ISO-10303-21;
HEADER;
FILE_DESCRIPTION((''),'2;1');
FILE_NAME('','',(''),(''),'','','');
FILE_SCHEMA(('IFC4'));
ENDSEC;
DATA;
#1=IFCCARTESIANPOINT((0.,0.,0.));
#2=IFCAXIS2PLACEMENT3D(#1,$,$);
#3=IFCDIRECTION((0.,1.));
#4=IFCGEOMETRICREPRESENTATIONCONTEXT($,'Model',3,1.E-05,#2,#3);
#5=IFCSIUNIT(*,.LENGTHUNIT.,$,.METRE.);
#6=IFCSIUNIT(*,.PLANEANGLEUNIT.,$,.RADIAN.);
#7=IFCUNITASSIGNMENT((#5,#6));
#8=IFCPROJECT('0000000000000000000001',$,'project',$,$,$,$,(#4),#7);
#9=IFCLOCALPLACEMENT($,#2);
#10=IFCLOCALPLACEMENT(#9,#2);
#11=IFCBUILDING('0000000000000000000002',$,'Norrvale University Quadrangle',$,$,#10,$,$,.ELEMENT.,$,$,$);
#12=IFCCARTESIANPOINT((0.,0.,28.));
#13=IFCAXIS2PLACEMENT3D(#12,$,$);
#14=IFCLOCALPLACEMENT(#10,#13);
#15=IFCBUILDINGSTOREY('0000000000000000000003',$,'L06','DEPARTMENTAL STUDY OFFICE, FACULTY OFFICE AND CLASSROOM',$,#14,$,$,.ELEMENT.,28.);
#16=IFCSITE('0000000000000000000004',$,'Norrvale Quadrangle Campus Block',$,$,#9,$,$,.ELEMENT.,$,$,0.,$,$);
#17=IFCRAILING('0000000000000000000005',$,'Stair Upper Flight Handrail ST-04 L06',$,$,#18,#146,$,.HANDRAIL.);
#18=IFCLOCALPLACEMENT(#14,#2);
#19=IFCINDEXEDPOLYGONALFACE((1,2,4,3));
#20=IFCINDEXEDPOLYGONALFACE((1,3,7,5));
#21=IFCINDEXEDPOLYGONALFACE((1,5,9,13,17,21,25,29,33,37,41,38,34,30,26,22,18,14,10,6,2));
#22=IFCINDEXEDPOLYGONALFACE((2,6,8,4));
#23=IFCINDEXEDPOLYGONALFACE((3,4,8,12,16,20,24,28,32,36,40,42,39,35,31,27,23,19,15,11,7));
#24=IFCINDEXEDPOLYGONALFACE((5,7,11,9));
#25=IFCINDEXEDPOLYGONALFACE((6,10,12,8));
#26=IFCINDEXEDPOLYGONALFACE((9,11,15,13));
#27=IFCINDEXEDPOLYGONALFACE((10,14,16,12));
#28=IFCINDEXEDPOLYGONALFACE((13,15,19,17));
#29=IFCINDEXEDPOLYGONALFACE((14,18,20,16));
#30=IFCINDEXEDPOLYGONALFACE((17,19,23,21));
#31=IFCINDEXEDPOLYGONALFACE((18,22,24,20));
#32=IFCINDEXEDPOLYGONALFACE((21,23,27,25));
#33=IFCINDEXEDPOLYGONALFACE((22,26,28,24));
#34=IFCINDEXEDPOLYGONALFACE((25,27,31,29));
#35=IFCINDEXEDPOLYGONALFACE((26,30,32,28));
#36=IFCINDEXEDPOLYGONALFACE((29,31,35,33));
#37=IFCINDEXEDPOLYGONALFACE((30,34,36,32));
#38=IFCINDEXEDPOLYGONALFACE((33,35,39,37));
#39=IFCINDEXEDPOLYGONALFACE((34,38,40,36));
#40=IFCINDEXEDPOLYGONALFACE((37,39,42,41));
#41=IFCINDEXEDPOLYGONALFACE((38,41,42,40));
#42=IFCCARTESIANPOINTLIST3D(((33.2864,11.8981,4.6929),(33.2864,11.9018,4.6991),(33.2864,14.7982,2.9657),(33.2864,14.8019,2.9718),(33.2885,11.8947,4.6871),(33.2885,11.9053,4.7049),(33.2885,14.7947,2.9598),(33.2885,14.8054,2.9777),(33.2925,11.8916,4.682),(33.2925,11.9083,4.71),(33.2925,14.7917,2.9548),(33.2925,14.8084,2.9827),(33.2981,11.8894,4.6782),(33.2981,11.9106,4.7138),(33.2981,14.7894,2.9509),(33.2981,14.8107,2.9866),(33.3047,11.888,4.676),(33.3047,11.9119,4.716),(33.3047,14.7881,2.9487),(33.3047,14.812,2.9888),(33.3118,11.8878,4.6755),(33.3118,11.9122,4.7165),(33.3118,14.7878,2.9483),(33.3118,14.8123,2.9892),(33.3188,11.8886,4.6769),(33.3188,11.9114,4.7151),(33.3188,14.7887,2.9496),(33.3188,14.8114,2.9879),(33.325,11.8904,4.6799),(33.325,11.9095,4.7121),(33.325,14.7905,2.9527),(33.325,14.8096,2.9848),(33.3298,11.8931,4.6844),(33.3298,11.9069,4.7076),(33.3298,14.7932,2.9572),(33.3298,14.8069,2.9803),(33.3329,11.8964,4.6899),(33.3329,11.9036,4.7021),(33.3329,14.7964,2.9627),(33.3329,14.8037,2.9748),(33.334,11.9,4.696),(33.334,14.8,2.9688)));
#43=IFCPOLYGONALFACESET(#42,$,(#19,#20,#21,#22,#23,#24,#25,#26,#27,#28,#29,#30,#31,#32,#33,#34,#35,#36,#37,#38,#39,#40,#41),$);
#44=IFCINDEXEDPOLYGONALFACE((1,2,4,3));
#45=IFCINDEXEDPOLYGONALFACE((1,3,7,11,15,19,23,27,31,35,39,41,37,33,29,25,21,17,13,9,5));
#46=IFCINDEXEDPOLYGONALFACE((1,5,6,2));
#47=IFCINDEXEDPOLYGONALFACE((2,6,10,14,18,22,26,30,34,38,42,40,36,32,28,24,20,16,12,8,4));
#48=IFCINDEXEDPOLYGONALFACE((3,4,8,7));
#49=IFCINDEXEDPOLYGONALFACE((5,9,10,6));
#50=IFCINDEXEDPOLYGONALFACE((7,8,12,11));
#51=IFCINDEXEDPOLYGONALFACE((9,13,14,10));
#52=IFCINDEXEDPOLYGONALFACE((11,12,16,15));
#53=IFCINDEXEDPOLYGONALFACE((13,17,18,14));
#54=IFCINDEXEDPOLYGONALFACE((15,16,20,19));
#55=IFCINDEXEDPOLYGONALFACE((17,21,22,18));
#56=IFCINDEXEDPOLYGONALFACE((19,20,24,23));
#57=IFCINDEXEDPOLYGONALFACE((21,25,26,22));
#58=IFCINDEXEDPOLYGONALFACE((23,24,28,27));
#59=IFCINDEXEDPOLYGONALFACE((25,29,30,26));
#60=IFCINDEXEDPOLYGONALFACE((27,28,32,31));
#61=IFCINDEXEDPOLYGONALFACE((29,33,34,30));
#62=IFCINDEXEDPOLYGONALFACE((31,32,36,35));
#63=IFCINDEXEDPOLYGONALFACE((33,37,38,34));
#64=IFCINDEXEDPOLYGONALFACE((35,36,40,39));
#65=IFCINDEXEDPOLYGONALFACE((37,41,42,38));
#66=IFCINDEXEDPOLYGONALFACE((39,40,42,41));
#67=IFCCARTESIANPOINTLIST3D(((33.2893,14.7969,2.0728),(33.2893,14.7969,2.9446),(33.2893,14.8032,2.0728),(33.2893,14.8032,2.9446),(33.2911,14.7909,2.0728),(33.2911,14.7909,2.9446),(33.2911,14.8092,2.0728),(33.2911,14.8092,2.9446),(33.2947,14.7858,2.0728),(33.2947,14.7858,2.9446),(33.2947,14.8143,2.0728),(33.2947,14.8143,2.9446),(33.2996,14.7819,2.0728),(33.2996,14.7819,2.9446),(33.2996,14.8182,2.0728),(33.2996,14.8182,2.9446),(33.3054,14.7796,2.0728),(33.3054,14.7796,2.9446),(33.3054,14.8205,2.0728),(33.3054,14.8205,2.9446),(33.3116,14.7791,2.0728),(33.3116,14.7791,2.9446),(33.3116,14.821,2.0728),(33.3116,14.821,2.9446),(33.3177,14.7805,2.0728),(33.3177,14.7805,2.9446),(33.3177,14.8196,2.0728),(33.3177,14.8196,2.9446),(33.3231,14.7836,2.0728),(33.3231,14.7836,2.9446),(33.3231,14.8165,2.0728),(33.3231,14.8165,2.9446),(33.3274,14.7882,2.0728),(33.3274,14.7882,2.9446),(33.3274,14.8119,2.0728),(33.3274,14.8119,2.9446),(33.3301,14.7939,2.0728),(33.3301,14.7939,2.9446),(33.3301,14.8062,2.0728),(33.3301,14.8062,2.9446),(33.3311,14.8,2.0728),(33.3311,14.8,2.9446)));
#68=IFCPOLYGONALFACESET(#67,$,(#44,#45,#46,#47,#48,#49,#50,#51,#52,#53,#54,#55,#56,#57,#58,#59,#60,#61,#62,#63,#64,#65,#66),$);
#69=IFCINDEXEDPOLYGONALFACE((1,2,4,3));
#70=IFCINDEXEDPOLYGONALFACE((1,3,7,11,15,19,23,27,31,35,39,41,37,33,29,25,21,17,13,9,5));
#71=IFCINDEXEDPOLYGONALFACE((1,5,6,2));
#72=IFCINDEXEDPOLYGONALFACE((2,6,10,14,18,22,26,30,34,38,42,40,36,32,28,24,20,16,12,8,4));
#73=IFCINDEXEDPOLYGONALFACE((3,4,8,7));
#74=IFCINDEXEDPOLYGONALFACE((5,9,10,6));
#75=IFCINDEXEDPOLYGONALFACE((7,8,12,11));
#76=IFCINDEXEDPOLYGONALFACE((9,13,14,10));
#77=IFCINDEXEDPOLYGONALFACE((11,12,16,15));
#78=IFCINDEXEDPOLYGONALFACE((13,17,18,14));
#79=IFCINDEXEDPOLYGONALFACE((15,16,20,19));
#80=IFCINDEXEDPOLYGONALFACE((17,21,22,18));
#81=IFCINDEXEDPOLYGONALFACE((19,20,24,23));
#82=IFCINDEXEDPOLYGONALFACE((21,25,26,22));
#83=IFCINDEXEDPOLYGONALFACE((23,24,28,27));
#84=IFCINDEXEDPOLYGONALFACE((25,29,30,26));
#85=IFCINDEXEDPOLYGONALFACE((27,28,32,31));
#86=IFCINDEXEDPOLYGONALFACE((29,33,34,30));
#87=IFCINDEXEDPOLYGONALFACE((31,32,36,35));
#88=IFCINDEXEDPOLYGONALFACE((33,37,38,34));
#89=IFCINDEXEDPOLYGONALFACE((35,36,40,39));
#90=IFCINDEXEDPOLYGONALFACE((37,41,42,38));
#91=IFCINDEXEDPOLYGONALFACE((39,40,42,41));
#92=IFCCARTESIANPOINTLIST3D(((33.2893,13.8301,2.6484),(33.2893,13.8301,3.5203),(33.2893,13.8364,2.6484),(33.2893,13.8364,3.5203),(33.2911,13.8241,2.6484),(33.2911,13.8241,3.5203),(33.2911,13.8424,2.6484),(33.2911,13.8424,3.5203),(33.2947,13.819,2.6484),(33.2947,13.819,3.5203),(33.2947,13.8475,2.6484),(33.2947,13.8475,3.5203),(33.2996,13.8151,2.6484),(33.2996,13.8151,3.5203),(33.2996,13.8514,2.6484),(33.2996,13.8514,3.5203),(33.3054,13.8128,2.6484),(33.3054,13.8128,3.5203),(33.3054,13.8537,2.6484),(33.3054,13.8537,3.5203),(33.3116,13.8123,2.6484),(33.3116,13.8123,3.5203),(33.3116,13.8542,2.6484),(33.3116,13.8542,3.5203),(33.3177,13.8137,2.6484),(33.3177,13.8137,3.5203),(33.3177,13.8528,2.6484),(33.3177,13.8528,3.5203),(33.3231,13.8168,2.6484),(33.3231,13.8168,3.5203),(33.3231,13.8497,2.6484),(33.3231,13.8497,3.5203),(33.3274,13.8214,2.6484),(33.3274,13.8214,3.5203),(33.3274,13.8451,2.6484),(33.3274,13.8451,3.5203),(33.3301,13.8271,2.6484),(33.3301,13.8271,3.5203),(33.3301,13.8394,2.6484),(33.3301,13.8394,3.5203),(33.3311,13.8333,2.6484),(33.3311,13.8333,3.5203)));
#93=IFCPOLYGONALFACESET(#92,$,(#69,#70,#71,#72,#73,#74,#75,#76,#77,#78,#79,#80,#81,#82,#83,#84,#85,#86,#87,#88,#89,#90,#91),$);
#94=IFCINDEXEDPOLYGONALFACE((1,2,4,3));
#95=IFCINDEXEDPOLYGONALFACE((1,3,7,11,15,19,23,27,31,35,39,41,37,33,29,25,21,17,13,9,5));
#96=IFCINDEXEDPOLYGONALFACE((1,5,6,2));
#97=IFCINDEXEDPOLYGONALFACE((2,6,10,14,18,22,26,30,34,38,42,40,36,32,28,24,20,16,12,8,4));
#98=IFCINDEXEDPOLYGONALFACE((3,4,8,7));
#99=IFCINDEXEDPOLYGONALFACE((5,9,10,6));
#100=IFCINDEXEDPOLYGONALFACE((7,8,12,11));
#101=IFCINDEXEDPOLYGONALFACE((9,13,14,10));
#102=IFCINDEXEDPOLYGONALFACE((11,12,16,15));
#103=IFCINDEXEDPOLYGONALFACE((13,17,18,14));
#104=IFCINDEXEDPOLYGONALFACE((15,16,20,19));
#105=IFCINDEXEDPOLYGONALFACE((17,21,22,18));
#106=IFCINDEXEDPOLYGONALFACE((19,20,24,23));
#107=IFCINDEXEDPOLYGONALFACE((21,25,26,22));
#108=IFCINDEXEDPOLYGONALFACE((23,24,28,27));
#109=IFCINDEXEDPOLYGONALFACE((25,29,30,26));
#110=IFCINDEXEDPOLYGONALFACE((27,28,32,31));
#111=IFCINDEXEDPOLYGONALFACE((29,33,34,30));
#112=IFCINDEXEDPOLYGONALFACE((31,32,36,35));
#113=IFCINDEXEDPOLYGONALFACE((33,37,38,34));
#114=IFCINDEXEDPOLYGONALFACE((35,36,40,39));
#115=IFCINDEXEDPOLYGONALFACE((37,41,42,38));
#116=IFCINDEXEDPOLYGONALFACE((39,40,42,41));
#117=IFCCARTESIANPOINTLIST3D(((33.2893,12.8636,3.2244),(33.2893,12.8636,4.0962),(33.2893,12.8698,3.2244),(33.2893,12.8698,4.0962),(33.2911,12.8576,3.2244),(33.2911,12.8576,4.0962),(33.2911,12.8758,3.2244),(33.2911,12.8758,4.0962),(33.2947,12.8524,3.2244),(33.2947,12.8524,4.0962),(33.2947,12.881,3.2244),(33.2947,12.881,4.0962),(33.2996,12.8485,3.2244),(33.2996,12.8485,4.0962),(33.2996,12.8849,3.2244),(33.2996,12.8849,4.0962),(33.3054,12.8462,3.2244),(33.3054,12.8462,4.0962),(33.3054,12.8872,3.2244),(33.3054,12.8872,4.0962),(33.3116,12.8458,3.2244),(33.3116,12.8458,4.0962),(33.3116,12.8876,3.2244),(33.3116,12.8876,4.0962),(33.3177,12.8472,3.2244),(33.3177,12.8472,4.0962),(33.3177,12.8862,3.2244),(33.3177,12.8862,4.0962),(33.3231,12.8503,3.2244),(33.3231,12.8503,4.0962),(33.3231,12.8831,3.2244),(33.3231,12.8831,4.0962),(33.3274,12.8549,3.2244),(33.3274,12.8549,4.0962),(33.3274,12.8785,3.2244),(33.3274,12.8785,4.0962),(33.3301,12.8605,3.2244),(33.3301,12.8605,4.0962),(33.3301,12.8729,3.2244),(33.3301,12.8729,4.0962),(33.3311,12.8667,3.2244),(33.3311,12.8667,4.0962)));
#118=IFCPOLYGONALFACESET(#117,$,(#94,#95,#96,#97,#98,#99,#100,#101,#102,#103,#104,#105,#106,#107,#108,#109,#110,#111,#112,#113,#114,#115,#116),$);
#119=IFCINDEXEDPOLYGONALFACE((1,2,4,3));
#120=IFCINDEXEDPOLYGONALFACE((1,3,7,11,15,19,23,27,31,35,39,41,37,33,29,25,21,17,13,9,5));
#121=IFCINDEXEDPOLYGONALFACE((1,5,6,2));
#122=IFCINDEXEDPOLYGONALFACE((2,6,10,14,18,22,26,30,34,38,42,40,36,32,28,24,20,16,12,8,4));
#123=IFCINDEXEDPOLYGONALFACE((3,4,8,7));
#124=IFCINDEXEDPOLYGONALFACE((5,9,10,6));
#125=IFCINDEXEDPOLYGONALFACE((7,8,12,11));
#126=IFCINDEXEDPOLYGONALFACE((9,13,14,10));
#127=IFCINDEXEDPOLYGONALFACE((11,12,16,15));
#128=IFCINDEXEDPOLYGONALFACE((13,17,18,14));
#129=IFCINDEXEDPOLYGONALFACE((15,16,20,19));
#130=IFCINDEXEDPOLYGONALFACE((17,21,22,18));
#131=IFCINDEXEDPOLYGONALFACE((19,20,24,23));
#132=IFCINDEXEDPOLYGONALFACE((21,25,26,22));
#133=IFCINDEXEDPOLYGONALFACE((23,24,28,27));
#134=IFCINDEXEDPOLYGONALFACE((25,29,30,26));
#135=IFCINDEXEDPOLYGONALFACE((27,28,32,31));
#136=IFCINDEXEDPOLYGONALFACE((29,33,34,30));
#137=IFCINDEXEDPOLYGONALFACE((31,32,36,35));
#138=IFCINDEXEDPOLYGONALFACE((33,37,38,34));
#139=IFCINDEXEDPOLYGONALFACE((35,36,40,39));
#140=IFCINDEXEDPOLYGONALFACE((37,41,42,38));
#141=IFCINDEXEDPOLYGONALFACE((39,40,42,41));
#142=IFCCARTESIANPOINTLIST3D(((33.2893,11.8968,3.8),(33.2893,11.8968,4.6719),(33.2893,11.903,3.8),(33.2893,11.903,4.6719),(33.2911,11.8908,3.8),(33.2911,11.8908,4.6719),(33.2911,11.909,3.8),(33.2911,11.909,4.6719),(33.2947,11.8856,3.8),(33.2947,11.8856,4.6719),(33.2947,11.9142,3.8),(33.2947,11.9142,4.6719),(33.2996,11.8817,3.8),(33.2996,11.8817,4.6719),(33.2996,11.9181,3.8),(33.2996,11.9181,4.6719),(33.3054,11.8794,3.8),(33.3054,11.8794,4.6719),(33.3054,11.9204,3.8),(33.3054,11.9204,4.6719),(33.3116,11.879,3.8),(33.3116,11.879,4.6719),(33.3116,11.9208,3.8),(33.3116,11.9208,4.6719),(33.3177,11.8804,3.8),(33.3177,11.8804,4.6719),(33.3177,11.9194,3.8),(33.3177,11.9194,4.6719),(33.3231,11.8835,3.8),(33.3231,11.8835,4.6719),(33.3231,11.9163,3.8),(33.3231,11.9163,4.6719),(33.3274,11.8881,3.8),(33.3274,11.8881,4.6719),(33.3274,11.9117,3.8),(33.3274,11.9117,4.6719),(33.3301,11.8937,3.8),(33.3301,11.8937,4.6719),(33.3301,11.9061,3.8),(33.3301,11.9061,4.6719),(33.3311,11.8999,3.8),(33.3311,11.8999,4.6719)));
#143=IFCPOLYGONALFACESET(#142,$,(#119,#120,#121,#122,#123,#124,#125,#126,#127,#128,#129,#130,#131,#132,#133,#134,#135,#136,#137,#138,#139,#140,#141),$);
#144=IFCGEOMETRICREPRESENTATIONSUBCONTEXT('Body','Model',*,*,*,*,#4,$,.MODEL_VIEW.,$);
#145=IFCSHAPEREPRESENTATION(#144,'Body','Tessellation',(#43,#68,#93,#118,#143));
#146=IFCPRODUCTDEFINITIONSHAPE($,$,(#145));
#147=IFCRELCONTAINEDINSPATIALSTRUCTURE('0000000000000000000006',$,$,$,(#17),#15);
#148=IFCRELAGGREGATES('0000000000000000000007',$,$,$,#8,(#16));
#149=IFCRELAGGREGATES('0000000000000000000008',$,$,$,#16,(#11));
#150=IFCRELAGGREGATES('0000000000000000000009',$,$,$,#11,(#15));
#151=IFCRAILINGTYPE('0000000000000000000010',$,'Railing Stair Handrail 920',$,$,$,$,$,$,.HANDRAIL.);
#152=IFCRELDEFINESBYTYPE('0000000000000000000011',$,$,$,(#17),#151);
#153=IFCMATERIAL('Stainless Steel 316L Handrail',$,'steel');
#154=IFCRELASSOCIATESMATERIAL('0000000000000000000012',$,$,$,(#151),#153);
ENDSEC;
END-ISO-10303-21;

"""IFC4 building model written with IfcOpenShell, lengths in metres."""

from ifc_helpers import new_model, si_unit, direction, frame, origin, origin_2d, place, context, subcontext, project, spatial, circle, extrude, material, type_object, element, save


model = new_model("IFC4")

# Units and contexts
model_context = context("Model", 3, precision=1e-05, world=origin(), true_north=direction((0.0, 1.0)))
body_context = subcontext(model_context, "Body", "Model", "MODEL_VIEW")
ifc_project = project(units=[si_unit("LENGTHUNIT", "METRE"), si_unit("PLANEANGLEUNIT", "RADIAN")], contexts=[model_context])

# Site, building, storey
site_placement = place(None, origin())
site = spatial("IfcSite", under=ifc_project, at=site_placement, Name="Norrvale Quadrangle Campus Block", CompositionType="ELEMENT", RefElevation=0.0)
building_placement = place(site_placement, origin())
building = spatial("IfcBuilding", under=site, at=building_placement, Name="Norrvale University Quadrangle", CompositionType="ELEMENT")
storey_placement = place(building_placement, frame((0.0, 0.0, 28.0)))
storey = spatial("IfcBuildingStorey", under=building, at=storey_placement, Name="L06", Description="DEPARTMENTAL STUDY OFFICE, FACULTY OFFICE AND CLASSROOM", CompositionType="ELEMENT", Elevation=28.0)

# Railing
ifc_material_1 = material(Name="Stainless Steel 316L Handrail", Category="steel")
railing_type_1 = type_object("IfcRailingType", Name="Railing Stair Handrail 920", PredefinedType="HANDRAIL", material=ifc_material_1)
railing_1_placement = place(storey_placement, frame((33.3101, 14.8, 2.0728)))
element("IfcRailing", 1, at=railing_1_placement, inside=storey, type_object=railing_type_1, Name="Stair Upper Flight Handrail ST-04 L06", PredefinedType="HANDRAIL", context=body_context, shape_type="SweptSolid", body=[
    extrude(circle(Radius=0.0239, at=origin_2d()), frame((0.0, 0.0, 0.896), z_axis=(0.0, -0.85916, 0.511706), x_axis=(1.0, 0.0, 0.0)), (0.0, 0.0, 1.0), 3.3755),
    extrude(circle(Radius=0.021, at=origin_2d()), origin(), (0.0, 0.0, 1.0), 0.8718),
    extrude(circle(Radius=0.021, at=origin_2d()), frame((0.0, -0.9668, 0.5757)), (0.0, 0.0, 1.0), 0.8718),
    extrude(circle(Radius=0.021, at=origin_2d()), frame((0.0, -1.9333, 1.1516)), (0.0, 0.0, 1.0), 0.8718),
    extrude(circle(Radius=0.021, at=origin_2d()), frame((0.0, -2.9001, 1.7273)), (0.0, 0.0, 1.0), 0.8718),
])

save(model, "model.ifc")
